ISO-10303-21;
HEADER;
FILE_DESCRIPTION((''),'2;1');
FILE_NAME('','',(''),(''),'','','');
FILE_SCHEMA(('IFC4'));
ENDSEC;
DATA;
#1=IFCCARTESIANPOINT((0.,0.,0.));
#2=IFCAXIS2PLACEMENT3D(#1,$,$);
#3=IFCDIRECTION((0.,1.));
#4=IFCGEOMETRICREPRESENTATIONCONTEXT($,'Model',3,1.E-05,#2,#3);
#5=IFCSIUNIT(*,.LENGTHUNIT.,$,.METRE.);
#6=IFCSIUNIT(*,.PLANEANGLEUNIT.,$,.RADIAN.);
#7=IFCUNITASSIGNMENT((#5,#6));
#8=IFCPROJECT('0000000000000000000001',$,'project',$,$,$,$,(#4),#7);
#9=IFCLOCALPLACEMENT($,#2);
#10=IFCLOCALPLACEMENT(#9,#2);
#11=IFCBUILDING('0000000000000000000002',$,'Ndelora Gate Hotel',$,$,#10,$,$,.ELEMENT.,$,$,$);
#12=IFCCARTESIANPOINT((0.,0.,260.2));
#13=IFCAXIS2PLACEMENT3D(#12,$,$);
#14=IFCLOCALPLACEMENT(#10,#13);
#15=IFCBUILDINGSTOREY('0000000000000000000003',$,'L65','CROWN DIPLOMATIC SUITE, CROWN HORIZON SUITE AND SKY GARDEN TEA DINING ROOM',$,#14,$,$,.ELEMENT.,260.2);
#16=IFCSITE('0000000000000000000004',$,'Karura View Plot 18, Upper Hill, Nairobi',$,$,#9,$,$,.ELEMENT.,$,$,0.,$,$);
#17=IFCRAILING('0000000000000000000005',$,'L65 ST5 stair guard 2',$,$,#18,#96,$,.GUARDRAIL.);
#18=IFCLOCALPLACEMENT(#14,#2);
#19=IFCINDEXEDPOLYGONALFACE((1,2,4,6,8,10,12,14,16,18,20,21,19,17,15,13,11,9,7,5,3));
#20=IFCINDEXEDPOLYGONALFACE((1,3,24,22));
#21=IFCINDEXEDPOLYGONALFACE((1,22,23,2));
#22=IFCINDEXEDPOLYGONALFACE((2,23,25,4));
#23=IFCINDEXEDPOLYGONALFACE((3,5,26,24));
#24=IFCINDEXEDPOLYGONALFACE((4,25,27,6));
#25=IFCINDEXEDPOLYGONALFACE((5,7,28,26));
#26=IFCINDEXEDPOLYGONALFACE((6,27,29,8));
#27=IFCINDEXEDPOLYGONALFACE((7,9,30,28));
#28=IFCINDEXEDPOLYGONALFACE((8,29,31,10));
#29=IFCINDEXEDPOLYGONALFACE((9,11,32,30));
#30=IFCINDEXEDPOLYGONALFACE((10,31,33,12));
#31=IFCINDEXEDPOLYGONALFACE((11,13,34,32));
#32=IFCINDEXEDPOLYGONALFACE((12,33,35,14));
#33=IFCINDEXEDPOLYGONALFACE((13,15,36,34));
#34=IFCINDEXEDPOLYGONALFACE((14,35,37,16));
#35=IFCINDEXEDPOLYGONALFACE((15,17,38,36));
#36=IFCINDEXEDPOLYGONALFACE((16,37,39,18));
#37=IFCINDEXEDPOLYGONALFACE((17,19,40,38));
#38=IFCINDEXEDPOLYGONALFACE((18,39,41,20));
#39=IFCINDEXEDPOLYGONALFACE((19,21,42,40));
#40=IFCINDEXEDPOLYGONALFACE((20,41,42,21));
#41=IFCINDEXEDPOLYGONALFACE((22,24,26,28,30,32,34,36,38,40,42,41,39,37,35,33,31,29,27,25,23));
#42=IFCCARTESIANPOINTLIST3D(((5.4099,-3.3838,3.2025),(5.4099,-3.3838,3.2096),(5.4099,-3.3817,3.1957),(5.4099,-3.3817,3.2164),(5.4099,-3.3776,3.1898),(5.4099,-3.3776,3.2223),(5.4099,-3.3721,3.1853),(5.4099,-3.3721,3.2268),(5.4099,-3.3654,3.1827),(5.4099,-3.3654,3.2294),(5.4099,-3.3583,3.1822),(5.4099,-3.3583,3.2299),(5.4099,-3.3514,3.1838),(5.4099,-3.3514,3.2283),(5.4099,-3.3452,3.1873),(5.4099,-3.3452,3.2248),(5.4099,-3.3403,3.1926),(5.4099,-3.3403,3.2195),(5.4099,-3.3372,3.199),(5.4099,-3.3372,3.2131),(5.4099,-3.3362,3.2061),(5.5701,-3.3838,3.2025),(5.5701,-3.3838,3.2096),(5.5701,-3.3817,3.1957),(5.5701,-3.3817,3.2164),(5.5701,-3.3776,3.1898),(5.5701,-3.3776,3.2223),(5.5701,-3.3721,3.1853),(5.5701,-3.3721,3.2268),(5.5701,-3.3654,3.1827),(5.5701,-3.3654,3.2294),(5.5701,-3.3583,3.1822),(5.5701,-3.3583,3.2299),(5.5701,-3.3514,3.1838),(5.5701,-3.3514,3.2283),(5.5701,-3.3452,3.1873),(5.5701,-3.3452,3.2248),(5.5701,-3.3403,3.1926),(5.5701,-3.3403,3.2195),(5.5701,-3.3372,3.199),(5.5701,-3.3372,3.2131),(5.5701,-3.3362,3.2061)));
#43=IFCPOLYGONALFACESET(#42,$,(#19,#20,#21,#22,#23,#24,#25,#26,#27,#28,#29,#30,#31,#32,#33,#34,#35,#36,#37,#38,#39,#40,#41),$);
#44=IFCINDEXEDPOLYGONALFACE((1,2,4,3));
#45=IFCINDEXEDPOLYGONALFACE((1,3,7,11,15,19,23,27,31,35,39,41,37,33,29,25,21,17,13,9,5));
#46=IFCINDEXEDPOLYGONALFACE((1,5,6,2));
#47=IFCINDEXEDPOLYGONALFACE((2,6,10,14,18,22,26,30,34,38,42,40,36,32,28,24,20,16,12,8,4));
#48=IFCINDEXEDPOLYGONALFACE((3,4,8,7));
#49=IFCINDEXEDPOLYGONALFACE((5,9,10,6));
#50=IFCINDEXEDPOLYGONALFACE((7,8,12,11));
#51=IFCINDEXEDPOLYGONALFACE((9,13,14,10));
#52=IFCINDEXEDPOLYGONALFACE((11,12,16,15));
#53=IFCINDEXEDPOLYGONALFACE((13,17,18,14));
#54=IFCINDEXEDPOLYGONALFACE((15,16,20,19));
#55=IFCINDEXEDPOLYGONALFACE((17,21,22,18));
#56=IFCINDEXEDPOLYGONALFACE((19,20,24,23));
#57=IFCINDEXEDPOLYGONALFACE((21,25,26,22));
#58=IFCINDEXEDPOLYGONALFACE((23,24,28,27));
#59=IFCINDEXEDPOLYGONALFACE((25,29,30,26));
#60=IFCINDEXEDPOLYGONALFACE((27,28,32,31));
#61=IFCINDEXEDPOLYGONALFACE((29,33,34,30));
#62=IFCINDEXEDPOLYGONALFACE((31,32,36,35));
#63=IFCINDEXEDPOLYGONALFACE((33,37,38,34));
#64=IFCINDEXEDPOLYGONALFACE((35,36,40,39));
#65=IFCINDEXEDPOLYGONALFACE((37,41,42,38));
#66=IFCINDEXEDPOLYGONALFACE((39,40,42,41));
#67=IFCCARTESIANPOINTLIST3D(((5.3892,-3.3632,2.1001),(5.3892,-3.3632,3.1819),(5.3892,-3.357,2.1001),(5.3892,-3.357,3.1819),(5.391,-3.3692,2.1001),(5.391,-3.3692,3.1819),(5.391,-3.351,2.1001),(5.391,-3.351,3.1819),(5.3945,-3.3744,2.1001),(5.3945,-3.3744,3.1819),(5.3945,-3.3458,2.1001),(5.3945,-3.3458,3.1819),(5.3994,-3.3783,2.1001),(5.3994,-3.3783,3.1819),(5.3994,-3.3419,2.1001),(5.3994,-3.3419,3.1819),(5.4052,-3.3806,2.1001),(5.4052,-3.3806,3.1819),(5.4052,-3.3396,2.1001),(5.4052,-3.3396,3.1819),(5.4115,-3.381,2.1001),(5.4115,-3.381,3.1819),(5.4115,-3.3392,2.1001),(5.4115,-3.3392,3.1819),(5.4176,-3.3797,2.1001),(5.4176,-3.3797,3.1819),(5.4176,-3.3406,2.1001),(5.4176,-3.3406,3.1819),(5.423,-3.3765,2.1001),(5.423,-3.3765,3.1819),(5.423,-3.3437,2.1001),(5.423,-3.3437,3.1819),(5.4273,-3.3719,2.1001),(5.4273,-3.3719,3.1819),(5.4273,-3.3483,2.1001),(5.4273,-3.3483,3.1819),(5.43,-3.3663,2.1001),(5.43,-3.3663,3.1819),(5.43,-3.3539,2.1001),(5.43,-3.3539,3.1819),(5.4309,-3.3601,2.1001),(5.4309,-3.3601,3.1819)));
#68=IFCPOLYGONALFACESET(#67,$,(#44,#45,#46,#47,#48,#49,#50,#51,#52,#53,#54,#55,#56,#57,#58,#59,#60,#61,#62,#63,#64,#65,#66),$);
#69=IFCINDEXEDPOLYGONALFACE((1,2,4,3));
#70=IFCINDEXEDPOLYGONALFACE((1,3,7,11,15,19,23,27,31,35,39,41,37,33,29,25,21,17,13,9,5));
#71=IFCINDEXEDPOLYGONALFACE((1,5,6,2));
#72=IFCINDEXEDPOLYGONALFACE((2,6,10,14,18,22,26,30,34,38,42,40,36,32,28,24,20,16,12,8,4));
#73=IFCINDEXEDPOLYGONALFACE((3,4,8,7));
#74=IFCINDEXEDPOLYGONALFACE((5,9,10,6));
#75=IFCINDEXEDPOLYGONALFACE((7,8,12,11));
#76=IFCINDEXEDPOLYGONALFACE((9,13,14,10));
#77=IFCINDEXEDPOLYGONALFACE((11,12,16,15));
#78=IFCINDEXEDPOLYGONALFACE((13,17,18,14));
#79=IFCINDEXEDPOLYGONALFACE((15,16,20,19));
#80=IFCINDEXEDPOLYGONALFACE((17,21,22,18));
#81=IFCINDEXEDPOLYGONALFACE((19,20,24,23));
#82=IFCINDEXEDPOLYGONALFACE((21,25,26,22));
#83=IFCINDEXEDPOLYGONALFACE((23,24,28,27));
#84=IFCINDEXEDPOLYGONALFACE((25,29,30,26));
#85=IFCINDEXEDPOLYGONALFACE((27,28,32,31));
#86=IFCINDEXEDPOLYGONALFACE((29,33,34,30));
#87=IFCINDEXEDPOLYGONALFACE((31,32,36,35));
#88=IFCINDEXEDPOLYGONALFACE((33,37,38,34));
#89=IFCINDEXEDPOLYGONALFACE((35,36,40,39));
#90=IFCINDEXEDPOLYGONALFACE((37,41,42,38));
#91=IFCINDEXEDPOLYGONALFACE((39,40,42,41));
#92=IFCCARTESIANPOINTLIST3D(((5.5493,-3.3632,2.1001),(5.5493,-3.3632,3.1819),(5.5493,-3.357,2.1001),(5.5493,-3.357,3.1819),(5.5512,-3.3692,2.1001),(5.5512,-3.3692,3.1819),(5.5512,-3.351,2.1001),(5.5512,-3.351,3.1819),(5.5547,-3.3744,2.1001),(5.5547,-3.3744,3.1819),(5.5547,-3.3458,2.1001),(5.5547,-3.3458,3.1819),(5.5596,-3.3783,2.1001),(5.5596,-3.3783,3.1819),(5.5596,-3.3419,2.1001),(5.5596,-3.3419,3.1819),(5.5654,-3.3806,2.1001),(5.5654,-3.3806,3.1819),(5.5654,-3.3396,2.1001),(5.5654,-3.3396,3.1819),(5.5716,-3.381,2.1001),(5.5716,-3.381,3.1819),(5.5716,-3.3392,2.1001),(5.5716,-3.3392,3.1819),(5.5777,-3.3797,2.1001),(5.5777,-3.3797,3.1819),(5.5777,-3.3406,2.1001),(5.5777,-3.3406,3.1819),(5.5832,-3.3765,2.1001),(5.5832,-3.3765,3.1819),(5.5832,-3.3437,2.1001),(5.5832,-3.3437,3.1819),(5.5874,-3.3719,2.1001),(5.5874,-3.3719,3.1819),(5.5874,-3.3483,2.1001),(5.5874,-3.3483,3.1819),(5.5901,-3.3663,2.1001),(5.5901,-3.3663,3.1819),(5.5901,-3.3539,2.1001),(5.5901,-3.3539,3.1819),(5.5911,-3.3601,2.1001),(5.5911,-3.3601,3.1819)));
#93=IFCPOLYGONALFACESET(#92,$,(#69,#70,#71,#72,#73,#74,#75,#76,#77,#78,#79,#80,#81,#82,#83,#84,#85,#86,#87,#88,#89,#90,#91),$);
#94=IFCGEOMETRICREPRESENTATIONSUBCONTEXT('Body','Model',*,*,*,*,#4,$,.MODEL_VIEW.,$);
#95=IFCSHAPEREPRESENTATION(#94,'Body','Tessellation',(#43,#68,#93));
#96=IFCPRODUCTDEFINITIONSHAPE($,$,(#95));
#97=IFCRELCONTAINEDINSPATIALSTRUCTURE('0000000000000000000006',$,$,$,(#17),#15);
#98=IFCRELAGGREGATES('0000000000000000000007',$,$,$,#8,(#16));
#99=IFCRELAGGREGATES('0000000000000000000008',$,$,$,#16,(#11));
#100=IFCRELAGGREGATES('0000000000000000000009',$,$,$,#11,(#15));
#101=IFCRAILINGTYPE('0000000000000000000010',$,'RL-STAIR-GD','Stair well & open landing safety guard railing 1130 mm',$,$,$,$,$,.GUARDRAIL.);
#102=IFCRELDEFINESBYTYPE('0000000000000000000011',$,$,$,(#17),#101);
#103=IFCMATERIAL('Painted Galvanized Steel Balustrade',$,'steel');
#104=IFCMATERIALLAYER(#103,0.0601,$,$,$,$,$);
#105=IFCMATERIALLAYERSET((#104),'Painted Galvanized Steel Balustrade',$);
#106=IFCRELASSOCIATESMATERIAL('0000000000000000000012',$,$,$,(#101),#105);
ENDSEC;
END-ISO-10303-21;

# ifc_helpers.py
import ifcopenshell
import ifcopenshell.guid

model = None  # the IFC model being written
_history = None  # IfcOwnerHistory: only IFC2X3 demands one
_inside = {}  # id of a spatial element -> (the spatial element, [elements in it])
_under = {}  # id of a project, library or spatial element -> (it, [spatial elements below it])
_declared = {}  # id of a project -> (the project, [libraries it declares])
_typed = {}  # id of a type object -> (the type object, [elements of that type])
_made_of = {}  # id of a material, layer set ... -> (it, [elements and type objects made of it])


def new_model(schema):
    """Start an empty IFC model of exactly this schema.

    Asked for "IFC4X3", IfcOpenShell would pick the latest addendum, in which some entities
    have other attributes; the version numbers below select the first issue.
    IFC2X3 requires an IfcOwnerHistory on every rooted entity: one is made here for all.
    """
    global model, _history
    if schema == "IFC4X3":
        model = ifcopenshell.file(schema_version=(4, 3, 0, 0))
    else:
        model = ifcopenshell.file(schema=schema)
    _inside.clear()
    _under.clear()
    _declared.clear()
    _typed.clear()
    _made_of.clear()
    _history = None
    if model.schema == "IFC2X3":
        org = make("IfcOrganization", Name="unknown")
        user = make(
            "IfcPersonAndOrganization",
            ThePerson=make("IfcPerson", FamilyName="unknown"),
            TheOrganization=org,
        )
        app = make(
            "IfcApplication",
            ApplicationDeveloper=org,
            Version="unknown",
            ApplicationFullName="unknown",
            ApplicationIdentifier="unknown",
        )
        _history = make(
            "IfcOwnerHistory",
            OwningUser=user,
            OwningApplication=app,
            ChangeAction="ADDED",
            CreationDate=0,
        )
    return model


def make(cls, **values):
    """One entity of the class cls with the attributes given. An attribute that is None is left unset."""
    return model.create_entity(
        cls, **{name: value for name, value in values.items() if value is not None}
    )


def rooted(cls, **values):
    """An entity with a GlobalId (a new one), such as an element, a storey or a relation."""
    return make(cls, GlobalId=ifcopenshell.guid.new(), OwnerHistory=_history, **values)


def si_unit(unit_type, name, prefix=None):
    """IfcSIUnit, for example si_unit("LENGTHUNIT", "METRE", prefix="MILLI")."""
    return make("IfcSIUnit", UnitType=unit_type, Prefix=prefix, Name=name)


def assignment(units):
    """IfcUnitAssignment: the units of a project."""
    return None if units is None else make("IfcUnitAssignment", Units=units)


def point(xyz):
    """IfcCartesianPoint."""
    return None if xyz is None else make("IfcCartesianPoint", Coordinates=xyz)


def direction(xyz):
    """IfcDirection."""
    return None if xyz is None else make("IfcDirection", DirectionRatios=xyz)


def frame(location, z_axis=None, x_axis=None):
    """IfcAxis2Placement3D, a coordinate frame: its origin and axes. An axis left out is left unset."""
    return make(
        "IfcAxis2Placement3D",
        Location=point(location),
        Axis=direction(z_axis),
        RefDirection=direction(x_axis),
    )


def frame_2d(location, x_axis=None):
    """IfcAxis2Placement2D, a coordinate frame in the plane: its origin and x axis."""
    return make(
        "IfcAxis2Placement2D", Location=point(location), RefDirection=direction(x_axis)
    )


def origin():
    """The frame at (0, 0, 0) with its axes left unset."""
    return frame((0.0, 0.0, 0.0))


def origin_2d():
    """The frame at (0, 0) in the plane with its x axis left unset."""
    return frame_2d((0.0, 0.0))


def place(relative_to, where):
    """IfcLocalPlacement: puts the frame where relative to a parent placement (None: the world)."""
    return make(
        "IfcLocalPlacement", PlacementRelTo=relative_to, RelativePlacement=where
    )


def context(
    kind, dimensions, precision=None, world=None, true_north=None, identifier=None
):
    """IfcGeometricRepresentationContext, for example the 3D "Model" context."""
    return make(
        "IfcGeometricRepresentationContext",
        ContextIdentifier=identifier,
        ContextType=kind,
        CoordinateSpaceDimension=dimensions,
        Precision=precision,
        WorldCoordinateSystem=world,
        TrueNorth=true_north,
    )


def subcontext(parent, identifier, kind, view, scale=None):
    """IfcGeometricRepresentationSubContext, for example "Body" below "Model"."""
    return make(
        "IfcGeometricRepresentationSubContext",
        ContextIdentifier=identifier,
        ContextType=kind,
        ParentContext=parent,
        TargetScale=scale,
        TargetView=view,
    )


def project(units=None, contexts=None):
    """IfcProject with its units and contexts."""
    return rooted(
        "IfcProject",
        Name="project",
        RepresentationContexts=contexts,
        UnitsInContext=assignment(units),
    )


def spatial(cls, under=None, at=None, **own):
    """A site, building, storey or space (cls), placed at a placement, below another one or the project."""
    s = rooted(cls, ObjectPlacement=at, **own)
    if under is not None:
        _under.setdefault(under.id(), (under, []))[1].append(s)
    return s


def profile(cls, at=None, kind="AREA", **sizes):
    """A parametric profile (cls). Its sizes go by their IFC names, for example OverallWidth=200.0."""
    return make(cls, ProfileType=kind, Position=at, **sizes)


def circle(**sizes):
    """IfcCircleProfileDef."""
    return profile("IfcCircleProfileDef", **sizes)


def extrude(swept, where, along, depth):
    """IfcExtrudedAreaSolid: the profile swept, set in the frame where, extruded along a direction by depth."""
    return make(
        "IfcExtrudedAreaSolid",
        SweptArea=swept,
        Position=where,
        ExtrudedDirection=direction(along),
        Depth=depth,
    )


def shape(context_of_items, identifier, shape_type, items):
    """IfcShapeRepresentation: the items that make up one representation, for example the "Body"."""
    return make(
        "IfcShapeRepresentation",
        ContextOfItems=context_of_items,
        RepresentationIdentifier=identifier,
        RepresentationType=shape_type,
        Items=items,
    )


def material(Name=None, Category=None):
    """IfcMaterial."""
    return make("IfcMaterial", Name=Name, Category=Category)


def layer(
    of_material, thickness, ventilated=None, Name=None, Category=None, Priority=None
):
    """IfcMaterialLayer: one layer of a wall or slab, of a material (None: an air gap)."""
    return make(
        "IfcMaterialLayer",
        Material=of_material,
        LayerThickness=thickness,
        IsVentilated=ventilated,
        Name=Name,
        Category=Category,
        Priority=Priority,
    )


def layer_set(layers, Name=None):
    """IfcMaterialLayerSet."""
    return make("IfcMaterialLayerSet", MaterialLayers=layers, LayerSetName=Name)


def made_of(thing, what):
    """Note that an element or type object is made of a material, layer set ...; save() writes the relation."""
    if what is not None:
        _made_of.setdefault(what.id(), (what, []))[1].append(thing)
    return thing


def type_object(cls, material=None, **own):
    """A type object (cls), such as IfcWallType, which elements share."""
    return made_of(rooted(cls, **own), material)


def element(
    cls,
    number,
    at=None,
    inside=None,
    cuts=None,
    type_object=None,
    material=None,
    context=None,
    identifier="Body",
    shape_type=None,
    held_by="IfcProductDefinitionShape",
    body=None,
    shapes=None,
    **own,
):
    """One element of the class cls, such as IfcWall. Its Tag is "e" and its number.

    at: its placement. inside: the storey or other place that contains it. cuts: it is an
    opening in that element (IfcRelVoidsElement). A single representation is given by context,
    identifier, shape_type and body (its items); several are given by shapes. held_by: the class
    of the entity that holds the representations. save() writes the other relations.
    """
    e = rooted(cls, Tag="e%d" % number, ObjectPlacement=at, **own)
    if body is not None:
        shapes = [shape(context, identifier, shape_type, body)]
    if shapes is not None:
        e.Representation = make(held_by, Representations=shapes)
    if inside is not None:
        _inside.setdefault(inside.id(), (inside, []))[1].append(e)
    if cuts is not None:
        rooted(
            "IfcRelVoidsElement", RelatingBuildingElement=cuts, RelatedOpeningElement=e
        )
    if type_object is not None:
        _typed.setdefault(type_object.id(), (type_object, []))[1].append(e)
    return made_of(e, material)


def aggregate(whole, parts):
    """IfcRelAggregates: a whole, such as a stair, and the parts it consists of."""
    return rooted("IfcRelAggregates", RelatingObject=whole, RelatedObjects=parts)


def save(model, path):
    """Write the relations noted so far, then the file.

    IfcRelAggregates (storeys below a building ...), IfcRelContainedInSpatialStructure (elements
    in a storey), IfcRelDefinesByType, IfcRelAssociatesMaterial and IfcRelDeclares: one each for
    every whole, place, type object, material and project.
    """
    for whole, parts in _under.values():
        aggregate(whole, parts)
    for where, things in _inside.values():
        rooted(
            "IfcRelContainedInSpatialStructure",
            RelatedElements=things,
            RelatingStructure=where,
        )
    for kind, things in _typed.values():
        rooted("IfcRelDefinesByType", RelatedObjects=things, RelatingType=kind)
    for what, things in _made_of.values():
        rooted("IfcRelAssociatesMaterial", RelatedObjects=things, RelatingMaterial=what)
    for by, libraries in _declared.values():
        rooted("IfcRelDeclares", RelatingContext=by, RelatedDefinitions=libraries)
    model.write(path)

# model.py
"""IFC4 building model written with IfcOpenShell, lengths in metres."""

from ifc_helpers import new_model, si_unit, direction, frame, origin, origin_2d, place, context, subcontext, project, spatial, circle, extrude, material, layer, layer_set, type_object, element, save


model = new_model("IFC4")

# Units and contexts
model_context = context("Model", 3, precision=1e-05, world=origin(), true_north=direction((0.0, 1.0)))
body_context = subcontext(model_context, "Body", "Model", "MODEL_VIEW")
ifc_project = project(units=[si_unit("LENGTHUNIT", "METRE"), si_unit("PLANEANGLEUNIT", "RADIAN")], contexts=[model_context])

# Site, building, storey
site_placement = place(None, origin())
site = spatial("IfcSite", under=ifc_project, at=site_placement, Name="Karura View Plot 18, Upper Hill, Nairobi", CompositionType="ELEMENT", RefElevation=0.0)
building_placement = place(site_placement, origin())
building = spatial("IfcBuilding", under=site, at=building_placement, Name="Ndelora Gate Hotel", CompositionType="ELEMENT")
storey_placement = place(building_placement, frame((0.0, 0.0, 260.2)))
storey = spatial("IfcBuildingStorey", under=building, at=storey_placement, Name="L65", Description="CROWN DIPLOMATIC SUITE, CROWN HORIZON SUITE AND SKY GARDEN TEA DINING ROOM", CompositionType="ELEMENT", Elevation=260.2)

# Railing
ifc_material_1 = material(Name="Painted Galvanized Steel Balustrade", Category="steel")
ifc_layer_1 = layer(ifc_material_1, 0.0601)
ifc_layer_set_1 = layer_set([ifc_layer_1], Name="Painted Galvanized Steel Balustrade")
railing_type_1 = type_object("IfcRailingType", Name="RL-STAIR-GD", Description="Stair well & open landing safety guard railing 1130 mm", PredefinedType="GUARDRAIL", material=ifc_layer_set_1)
railing_1_placement = place(storey_placement, frame((5.4099, -3.3601, 2.1001)))
element("IfcRailing", 1, at=railing_1_placement, inside=storey, type_object=railing_type_1, Name="L65 ST5 stair guard 2", PredefinedType="GUARDRAIL", context=body_context, shape_type="SweptSolid", body=[
    extrude(circle(Radius=0.0239, at=origin_2d()), frame((0.0, 0.0, 1.106), z_axis=(1.0, 0.0, 0.0), x_axis=(0.0, 1.0, 0.0)), (0.0, 0.0, 1.0), 0.1602),
    extrude(circle(Radius=0.021, at=origin_2d()), origin(), (0.0, 0.0, 1.0), 1.0818),
    extrude(circle(Radius=0.021, at=origin_2d()), frame((0.1602, 0.0, 0.0)), (0.0, 0.0, 1.0), 1.0818),
])

save(model, "model.ifc")
